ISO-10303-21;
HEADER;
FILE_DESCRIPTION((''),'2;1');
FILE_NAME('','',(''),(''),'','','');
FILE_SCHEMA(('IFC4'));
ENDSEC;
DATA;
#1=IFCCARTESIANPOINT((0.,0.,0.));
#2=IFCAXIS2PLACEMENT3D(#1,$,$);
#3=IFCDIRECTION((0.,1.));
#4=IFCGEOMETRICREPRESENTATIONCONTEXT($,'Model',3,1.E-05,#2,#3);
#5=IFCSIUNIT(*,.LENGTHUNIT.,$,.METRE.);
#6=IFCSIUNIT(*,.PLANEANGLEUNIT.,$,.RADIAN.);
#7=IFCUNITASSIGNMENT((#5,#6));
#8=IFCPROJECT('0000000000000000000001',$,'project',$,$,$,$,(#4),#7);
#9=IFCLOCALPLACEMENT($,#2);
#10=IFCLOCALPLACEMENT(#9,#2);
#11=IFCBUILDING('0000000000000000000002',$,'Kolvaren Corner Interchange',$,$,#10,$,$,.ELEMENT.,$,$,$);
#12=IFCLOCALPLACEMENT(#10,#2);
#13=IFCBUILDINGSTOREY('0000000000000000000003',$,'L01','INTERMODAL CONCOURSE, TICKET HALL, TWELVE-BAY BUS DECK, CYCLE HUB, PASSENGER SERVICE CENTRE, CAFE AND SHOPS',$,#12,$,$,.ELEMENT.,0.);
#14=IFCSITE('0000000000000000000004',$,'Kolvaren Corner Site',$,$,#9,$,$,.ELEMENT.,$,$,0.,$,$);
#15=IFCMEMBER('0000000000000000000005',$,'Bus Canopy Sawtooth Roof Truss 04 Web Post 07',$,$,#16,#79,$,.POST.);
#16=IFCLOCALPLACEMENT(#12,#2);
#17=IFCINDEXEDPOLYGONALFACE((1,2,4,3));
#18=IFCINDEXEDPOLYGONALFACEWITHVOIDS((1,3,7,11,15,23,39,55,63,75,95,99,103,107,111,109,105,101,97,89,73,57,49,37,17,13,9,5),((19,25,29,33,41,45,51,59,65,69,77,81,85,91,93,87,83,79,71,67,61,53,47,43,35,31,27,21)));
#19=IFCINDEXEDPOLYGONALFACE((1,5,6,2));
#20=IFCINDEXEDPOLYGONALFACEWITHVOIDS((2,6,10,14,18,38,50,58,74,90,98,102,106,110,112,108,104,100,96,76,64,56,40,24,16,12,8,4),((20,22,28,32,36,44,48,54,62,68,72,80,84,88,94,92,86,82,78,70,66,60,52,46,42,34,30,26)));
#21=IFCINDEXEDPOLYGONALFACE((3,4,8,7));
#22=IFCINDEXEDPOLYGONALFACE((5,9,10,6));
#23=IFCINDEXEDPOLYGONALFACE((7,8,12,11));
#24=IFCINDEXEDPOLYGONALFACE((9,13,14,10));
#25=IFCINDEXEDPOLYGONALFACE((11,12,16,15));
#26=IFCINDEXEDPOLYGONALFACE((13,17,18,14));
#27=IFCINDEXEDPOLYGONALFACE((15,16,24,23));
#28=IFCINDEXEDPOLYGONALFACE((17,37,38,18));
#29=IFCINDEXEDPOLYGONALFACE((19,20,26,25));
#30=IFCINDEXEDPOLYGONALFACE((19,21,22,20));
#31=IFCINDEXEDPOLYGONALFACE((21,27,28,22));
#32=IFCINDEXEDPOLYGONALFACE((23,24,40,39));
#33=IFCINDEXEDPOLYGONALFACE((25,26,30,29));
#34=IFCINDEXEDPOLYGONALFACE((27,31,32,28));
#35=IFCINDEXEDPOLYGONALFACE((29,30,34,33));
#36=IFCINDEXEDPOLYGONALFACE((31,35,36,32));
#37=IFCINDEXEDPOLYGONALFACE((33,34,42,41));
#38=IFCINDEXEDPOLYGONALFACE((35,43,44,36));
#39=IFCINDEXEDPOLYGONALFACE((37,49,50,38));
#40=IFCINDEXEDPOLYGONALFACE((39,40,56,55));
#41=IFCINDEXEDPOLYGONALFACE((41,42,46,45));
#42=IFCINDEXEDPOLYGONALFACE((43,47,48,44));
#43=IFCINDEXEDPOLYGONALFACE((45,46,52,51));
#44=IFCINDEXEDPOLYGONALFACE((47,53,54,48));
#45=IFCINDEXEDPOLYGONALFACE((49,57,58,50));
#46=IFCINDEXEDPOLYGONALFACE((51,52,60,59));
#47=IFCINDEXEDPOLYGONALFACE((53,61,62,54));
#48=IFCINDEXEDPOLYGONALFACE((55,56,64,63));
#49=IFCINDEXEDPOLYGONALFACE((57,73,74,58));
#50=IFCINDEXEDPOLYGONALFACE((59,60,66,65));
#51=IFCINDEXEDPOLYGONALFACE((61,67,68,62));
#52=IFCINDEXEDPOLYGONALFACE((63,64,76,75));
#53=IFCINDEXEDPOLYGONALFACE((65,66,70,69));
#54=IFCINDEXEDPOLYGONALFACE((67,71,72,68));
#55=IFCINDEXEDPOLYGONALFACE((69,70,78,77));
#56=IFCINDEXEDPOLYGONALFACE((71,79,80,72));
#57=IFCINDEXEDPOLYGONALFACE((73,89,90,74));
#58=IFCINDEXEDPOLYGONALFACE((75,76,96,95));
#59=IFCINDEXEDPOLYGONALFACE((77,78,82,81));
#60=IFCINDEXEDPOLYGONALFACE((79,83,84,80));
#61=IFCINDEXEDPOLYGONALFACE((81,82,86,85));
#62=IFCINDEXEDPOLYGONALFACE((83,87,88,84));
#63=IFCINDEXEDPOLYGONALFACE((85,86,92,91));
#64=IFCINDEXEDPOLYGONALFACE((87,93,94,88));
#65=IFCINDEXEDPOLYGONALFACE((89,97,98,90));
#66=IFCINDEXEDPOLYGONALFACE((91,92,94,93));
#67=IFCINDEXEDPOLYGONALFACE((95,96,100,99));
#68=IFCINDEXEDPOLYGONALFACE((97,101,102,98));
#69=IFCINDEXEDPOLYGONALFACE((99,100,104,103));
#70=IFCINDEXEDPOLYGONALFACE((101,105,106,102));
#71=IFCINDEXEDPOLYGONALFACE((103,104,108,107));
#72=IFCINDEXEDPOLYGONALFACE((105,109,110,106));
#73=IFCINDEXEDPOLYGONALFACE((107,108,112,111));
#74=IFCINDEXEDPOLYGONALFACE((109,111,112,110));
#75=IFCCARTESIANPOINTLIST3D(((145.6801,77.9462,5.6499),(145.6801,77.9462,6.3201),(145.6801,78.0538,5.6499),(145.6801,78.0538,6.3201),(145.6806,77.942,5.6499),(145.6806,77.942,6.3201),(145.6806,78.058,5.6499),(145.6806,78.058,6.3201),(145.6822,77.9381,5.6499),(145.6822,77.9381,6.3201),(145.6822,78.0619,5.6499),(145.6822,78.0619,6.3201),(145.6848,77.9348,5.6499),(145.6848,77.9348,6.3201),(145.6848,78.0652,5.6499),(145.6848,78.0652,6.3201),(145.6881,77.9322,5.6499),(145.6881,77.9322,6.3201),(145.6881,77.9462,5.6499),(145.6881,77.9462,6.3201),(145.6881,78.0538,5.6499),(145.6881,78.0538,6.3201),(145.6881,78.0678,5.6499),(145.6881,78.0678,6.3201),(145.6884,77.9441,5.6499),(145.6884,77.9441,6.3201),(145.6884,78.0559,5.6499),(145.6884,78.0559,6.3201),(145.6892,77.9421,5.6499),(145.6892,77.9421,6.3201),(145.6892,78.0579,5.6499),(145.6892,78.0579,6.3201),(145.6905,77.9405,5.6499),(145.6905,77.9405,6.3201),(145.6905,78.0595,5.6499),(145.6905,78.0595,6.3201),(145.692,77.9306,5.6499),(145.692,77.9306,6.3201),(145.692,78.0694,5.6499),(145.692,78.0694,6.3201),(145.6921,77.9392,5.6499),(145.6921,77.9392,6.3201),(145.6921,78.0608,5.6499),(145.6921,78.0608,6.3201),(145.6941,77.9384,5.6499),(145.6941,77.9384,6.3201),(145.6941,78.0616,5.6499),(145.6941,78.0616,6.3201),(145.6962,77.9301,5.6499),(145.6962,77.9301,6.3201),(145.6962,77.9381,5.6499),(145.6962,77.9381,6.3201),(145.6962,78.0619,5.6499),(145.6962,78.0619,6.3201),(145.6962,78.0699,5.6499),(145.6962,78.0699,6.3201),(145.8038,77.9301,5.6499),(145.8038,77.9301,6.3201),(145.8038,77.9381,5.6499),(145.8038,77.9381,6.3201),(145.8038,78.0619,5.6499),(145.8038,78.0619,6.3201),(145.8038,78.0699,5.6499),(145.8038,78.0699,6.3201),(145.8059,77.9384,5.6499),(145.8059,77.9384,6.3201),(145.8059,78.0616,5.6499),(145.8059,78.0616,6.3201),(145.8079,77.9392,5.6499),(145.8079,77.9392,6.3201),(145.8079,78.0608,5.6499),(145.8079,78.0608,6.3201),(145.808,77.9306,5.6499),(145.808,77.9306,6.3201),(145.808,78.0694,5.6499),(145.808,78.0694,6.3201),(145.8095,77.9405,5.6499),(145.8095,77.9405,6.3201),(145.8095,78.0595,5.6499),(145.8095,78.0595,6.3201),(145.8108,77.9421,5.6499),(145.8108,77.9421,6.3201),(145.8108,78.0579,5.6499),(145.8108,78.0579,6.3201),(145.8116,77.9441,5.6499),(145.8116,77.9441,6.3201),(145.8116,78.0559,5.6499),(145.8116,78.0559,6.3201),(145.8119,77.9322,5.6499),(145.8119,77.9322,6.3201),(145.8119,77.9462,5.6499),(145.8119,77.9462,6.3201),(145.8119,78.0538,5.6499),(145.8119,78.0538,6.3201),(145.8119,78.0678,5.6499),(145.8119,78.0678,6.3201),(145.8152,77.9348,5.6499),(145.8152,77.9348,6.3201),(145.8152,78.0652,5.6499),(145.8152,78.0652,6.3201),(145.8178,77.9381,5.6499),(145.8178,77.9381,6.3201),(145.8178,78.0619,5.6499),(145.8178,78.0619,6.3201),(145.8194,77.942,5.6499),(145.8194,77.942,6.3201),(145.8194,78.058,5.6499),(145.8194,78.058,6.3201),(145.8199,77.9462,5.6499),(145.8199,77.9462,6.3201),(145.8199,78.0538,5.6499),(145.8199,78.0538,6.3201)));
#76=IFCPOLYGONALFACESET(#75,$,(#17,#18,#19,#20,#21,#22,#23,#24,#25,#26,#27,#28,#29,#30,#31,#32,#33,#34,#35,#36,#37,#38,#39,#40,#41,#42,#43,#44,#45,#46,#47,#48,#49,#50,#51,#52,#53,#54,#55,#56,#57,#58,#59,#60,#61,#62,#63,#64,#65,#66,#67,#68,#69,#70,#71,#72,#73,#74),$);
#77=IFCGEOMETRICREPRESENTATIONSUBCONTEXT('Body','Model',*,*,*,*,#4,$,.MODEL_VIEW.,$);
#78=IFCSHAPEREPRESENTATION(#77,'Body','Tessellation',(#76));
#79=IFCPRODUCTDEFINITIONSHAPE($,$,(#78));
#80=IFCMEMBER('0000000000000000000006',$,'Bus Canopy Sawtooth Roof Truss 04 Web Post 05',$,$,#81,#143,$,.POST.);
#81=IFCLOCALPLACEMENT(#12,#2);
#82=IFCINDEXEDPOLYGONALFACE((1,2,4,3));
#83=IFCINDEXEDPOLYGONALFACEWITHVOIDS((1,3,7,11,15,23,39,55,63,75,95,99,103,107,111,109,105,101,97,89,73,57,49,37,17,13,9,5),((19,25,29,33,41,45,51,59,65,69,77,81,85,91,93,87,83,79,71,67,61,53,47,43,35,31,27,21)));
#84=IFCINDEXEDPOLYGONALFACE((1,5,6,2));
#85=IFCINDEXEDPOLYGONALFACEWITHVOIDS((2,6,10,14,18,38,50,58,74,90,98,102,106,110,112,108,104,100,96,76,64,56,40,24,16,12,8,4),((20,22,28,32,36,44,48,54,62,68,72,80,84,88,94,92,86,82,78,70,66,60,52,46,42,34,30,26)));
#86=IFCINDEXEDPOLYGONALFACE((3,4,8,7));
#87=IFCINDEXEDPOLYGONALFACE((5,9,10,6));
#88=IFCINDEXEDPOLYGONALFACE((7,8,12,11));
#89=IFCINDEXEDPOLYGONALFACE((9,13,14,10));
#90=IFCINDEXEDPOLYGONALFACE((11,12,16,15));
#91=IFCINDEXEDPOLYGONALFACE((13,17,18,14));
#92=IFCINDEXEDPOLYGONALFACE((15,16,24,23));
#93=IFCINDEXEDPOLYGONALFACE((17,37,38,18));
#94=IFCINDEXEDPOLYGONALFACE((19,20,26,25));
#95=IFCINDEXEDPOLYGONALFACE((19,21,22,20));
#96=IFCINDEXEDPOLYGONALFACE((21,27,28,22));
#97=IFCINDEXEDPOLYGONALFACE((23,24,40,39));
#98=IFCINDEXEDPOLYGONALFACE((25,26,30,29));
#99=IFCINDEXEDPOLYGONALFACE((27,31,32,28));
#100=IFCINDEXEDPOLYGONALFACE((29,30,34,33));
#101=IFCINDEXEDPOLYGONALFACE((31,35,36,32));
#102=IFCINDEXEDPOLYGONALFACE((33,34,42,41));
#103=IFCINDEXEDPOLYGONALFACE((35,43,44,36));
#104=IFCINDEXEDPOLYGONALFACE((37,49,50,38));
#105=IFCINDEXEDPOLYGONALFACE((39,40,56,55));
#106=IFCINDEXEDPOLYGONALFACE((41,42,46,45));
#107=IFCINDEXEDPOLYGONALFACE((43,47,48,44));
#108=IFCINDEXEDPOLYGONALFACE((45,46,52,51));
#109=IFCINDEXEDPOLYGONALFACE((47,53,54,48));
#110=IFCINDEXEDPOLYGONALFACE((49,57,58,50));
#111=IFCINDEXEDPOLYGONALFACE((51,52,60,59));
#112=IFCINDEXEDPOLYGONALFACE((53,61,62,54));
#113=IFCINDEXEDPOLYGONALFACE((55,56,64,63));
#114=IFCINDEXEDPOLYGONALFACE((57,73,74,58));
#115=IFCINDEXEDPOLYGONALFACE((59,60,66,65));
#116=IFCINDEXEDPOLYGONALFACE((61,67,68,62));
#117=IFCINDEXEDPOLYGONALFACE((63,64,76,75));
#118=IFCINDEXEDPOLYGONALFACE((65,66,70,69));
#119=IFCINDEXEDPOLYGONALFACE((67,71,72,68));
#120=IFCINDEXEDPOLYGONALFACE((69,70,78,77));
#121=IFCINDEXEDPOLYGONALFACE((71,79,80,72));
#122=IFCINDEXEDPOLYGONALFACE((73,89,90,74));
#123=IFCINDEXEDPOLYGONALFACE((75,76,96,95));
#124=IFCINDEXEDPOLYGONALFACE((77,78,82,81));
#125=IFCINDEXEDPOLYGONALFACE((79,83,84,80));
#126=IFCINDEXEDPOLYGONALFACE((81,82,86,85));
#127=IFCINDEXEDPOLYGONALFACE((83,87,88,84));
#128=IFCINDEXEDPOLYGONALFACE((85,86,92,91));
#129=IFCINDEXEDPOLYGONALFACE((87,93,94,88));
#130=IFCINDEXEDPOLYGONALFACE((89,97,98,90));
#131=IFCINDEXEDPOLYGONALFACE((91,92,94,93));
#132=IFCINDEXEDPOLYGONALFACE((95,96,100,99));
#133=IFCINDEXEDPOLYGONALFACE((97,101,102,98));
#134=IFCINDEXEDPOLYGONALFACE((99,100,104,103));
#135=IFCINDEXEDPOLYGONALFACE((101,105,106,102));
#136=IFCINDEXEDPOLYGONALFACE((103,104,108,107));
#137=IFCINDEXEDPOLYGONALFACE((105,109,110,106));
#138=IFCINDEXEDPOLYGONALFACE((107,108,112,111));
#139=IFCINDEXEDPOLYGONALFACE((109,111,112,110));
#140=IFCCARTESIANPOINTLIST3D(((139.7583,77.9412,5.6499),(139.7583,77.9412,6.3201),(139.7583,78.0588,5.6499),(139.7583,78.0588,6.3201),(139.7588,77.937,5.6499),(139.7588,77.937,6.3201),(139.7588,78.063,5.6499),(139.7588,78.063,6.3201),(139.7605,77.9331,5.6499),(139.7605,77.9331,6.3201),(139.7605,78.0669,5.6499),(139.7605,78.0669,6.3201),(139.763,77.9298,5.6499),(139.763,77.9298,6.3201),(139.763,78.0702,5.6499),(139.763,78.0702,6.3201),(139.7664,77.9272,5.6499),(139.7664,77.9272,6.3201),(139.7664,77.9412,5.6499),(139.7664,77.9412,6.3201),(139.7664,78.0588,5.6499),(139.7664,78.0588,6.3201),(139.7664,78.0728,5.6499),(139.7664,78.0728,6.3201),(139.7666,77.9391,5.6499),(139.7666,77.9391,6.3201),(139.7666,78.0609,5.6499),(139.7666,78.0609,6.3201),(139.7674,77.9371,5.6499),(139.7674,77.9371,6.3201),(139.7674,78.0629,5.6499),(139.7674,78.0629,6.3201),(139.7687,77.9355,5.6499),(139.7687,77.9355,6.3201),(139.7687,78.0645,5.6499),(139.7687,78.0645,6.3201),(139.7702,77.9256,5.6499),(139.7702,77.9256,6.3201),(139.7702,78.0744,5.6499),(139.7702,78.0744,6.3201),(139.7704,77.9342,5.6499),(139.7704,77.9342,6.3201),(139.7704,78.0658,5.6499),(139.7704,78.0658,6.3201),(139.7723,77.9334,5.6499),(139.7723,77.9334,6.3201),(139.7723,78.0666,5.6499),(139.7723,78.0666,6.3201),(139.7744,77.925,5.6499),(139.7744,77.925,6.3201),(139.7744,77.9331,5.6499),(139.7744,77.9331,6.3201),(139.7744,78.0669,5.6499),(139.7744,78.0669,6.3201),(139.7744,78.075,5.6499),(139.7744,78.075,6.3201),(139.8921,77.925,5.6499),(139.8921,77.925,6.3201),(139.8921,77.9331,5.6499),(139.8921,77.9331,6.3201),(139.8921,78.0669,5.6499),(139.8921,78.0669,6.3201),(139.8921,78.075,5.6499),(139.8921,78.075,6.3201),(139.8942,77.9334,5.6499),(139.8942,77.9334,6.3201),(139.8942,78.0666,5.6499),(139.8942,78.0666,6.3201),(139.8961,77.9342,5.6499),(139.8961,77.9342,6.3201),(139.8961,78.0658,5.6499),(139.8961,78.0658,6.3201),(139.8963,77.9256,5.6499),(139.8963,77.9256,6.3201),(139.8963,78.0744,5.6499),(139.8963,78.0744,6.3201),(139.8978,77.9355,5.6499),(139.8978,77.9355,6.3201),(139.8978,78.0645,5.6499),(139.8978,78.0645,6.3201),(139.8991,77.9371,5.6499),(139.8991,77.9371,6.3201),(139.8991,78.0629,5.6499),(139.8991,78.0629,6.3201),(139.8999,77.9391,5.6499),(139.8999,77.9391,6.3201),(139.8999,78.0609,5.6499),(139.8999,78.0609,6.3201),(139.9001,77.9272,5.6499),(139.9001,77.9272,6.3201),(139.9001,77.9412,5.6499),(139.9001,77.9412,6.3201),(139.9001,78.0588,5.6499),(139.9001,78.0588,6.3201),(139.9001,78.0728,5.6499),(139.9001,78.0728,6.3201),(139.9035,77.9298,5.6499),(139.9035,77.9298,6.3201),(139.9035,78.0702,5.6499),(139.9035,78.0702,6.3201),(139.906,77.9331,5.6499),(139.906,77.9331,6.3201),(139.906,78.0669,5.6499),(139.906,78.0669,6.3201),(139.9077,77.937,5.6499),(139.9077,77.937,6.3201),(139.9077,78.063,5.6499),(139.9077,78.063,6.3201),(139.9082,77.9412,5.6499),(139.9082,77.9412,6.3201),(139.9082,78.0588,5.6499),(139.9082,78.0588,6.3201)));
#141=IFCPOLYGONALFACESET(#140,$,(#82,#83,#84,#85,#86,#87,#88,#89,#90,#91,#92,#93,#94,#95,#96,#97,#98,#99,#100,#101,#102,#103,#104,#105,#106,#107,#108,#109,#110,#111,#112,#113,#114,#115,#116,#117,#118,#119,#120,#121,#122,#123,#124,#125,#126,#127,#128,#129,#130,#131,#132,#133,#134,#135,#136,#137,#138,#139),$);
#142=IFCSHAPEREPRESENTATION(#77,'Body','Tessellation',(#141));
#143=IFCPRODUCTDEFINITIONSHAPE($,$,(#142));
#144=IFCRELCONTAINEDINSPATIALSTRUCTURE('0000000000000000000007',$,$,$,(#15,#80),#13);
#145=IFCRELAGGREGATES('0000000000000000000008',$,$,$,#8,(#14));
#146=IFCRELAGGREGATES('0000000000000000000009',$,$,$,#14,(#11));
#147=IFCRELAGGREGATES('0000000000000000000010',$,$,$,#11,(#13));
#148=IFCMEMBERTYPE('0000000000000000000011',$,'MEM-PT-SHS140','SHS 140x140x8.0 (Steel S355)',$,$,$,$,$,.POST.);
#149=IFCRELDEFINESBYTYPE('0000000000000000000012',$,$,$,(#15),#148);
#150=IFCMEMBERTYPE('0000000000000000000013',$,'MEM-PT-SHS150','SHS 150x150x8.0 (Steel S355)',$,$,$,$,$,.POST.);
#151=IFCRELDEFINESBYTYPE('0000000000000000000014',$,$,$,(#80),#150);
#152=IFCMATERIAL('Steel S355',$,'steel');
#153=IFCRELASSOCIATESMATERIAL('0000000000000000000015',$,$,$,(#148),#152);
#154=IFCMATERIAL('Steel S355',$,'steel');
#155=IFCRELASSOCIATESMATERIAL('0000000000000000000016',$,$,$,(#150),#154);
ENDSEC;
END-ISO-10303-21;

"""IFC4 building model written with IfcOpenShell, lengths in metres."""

from ifc_helpers import new_model, si_unit, direction, frame, origin, origin_2d, place, context, subcontext, project, spatial, hollow_rectangle, extrude, material, material_profile, profile_set, type_object, element, save


model = new_model("IFC4")

# Units and contexts
model_context = context("Model", 3, precision=1e-05, world=origin(), true_north=direction((0.0, 1.0)))
body_context = subcontext(model_context, "Body", "Model", "MODEL_VIEW")
ifc_project = project(units=[si_unit("LENGTHUNIT", "METRE"), si_unit("PLANEANGLEUNIT", "RADIAN")], contexts=[model_context])

# Site, building, storey
site_placement = place(None, origin())
site = spatial("IfcSite", under=ifc_project, at=site_placement, Name="Kolvaren Corner Site", CompositionType="ELEMENT", RefElevation=0.0)
building_placement = place(site_placement, origin())
building = spatial("IfcBuilding", under=site, at=building_placement, Name="Kolvaren Corner Interchange", CompositionType="ELEMENT")
storey_placement = place(building_placement, origin())
storey = spatial("IfcBuildingStorey", under=building, at=storey_placement, Name="L01", Description="INTERMODAL CONCOURSE, TICKET HALL, TWELVE-BAY BUS DECK, CYCLE HUB, PASSENGER SERVICE CENTRE, CAFE AND SHOPS", CompositionType="ELEMENT", Elevation=0.0)

# Members
ifc_material_1 = material(Name="Steel S355", Category="steel")
ifc_material_profile_1 = material_profile(ifc_material_1, hollow_rectangle(XDim=0.1399, YDim=0.1399, WallThickness=0.0081, InnerFilletRadius=0.0081, OuterFilletRadius=0.0161, at=origin_2d()), Name="SHS 140x140x8.0")
ifc_profile_set_1 = profile_set([ifc_material_profile_1], Name="Steel S355")
member_type_1 = type_object("IfcMemberType", Name="MEM-PT-SHS140", Description="SHS 140x140x8.0 (Steel S355)", PredefinedType="POST", material=ifc_profile_set_1)
member_1_placement = place(storey_placement, frame((145.75, 78.0, 5.6499), z_axis=(0.0, 0.0, 1.0), x_axis=(1.0, 0.0, 0.0)))
element("IfcMember", 1, at=member_1_placement, inside=storey, type_object=member_type_1, Name="Bus Canopy Sawtooth Roof Truss 04 Web Post 07", PredefinedType="POST", context=body_context, shape_type="SweptSolid", body=[
    extrude(hollow_rectangle(XDim=0.1399, YDim=0.1399, WallThickness=0.0081, InnerFilletRadius=0.0081, OuterFilletRadius=0.0161, at=origin_2d()), origin(), (0.0, 0.0, 1.0), 0.6702),
])
ifc_material_2 = material(Name="Steel S355", Category="steel")
ifc_material_profile_2 = material_profile(ifc_material_2, hollow_rectangle(XDim=0.1499, YDim=0.1499, WallThickness=0.0081, InnerFilletRadius=0.0081, OuterFilletRadius=0.0161, at=origin_2d()), Name="SHS 150x150x8.0")
ifc_profile_set_2 = profile_set([ifc_material_profile_2], Name="Steel S355")
member_type_2 = type_object("IfcMemberType", Name="MEM-PT-SHS150", Description="SHS 150x150x8.0 (Steel S355)", PredefinedType="POST", material=ifc_profile_set_2)
for number, where, z_axis, x_axis, name in (
    (2, (139.8333, 78.0, 5.6499), (0.0, 0.0, 1.0), (1.0, 0.0, 0.0), "Bus Canopy Sawtooth Roof Truss 04 Web Post 05"),
):
    element("IfcMember", number, at=place(storey_placement, frame(where, z_axis=z_axis, x_axis=x_axis)), inside=storey, type_object=member_type_2, Name=name, PredefinedType="POST", context=body_context, shape_type="SweptSolid", body=[
        extrude(hollow_rectangle(XDim=0.1499, YDim=0.1499, WallThickness=0.0081, InnerFilletRadius=0.0081, OuterFilletRadius=0.0161, at=origin_2d()), origin(), (0.0, 0.0, 1.0), 0.6702),
    ])

save(model, "model.ifc")
